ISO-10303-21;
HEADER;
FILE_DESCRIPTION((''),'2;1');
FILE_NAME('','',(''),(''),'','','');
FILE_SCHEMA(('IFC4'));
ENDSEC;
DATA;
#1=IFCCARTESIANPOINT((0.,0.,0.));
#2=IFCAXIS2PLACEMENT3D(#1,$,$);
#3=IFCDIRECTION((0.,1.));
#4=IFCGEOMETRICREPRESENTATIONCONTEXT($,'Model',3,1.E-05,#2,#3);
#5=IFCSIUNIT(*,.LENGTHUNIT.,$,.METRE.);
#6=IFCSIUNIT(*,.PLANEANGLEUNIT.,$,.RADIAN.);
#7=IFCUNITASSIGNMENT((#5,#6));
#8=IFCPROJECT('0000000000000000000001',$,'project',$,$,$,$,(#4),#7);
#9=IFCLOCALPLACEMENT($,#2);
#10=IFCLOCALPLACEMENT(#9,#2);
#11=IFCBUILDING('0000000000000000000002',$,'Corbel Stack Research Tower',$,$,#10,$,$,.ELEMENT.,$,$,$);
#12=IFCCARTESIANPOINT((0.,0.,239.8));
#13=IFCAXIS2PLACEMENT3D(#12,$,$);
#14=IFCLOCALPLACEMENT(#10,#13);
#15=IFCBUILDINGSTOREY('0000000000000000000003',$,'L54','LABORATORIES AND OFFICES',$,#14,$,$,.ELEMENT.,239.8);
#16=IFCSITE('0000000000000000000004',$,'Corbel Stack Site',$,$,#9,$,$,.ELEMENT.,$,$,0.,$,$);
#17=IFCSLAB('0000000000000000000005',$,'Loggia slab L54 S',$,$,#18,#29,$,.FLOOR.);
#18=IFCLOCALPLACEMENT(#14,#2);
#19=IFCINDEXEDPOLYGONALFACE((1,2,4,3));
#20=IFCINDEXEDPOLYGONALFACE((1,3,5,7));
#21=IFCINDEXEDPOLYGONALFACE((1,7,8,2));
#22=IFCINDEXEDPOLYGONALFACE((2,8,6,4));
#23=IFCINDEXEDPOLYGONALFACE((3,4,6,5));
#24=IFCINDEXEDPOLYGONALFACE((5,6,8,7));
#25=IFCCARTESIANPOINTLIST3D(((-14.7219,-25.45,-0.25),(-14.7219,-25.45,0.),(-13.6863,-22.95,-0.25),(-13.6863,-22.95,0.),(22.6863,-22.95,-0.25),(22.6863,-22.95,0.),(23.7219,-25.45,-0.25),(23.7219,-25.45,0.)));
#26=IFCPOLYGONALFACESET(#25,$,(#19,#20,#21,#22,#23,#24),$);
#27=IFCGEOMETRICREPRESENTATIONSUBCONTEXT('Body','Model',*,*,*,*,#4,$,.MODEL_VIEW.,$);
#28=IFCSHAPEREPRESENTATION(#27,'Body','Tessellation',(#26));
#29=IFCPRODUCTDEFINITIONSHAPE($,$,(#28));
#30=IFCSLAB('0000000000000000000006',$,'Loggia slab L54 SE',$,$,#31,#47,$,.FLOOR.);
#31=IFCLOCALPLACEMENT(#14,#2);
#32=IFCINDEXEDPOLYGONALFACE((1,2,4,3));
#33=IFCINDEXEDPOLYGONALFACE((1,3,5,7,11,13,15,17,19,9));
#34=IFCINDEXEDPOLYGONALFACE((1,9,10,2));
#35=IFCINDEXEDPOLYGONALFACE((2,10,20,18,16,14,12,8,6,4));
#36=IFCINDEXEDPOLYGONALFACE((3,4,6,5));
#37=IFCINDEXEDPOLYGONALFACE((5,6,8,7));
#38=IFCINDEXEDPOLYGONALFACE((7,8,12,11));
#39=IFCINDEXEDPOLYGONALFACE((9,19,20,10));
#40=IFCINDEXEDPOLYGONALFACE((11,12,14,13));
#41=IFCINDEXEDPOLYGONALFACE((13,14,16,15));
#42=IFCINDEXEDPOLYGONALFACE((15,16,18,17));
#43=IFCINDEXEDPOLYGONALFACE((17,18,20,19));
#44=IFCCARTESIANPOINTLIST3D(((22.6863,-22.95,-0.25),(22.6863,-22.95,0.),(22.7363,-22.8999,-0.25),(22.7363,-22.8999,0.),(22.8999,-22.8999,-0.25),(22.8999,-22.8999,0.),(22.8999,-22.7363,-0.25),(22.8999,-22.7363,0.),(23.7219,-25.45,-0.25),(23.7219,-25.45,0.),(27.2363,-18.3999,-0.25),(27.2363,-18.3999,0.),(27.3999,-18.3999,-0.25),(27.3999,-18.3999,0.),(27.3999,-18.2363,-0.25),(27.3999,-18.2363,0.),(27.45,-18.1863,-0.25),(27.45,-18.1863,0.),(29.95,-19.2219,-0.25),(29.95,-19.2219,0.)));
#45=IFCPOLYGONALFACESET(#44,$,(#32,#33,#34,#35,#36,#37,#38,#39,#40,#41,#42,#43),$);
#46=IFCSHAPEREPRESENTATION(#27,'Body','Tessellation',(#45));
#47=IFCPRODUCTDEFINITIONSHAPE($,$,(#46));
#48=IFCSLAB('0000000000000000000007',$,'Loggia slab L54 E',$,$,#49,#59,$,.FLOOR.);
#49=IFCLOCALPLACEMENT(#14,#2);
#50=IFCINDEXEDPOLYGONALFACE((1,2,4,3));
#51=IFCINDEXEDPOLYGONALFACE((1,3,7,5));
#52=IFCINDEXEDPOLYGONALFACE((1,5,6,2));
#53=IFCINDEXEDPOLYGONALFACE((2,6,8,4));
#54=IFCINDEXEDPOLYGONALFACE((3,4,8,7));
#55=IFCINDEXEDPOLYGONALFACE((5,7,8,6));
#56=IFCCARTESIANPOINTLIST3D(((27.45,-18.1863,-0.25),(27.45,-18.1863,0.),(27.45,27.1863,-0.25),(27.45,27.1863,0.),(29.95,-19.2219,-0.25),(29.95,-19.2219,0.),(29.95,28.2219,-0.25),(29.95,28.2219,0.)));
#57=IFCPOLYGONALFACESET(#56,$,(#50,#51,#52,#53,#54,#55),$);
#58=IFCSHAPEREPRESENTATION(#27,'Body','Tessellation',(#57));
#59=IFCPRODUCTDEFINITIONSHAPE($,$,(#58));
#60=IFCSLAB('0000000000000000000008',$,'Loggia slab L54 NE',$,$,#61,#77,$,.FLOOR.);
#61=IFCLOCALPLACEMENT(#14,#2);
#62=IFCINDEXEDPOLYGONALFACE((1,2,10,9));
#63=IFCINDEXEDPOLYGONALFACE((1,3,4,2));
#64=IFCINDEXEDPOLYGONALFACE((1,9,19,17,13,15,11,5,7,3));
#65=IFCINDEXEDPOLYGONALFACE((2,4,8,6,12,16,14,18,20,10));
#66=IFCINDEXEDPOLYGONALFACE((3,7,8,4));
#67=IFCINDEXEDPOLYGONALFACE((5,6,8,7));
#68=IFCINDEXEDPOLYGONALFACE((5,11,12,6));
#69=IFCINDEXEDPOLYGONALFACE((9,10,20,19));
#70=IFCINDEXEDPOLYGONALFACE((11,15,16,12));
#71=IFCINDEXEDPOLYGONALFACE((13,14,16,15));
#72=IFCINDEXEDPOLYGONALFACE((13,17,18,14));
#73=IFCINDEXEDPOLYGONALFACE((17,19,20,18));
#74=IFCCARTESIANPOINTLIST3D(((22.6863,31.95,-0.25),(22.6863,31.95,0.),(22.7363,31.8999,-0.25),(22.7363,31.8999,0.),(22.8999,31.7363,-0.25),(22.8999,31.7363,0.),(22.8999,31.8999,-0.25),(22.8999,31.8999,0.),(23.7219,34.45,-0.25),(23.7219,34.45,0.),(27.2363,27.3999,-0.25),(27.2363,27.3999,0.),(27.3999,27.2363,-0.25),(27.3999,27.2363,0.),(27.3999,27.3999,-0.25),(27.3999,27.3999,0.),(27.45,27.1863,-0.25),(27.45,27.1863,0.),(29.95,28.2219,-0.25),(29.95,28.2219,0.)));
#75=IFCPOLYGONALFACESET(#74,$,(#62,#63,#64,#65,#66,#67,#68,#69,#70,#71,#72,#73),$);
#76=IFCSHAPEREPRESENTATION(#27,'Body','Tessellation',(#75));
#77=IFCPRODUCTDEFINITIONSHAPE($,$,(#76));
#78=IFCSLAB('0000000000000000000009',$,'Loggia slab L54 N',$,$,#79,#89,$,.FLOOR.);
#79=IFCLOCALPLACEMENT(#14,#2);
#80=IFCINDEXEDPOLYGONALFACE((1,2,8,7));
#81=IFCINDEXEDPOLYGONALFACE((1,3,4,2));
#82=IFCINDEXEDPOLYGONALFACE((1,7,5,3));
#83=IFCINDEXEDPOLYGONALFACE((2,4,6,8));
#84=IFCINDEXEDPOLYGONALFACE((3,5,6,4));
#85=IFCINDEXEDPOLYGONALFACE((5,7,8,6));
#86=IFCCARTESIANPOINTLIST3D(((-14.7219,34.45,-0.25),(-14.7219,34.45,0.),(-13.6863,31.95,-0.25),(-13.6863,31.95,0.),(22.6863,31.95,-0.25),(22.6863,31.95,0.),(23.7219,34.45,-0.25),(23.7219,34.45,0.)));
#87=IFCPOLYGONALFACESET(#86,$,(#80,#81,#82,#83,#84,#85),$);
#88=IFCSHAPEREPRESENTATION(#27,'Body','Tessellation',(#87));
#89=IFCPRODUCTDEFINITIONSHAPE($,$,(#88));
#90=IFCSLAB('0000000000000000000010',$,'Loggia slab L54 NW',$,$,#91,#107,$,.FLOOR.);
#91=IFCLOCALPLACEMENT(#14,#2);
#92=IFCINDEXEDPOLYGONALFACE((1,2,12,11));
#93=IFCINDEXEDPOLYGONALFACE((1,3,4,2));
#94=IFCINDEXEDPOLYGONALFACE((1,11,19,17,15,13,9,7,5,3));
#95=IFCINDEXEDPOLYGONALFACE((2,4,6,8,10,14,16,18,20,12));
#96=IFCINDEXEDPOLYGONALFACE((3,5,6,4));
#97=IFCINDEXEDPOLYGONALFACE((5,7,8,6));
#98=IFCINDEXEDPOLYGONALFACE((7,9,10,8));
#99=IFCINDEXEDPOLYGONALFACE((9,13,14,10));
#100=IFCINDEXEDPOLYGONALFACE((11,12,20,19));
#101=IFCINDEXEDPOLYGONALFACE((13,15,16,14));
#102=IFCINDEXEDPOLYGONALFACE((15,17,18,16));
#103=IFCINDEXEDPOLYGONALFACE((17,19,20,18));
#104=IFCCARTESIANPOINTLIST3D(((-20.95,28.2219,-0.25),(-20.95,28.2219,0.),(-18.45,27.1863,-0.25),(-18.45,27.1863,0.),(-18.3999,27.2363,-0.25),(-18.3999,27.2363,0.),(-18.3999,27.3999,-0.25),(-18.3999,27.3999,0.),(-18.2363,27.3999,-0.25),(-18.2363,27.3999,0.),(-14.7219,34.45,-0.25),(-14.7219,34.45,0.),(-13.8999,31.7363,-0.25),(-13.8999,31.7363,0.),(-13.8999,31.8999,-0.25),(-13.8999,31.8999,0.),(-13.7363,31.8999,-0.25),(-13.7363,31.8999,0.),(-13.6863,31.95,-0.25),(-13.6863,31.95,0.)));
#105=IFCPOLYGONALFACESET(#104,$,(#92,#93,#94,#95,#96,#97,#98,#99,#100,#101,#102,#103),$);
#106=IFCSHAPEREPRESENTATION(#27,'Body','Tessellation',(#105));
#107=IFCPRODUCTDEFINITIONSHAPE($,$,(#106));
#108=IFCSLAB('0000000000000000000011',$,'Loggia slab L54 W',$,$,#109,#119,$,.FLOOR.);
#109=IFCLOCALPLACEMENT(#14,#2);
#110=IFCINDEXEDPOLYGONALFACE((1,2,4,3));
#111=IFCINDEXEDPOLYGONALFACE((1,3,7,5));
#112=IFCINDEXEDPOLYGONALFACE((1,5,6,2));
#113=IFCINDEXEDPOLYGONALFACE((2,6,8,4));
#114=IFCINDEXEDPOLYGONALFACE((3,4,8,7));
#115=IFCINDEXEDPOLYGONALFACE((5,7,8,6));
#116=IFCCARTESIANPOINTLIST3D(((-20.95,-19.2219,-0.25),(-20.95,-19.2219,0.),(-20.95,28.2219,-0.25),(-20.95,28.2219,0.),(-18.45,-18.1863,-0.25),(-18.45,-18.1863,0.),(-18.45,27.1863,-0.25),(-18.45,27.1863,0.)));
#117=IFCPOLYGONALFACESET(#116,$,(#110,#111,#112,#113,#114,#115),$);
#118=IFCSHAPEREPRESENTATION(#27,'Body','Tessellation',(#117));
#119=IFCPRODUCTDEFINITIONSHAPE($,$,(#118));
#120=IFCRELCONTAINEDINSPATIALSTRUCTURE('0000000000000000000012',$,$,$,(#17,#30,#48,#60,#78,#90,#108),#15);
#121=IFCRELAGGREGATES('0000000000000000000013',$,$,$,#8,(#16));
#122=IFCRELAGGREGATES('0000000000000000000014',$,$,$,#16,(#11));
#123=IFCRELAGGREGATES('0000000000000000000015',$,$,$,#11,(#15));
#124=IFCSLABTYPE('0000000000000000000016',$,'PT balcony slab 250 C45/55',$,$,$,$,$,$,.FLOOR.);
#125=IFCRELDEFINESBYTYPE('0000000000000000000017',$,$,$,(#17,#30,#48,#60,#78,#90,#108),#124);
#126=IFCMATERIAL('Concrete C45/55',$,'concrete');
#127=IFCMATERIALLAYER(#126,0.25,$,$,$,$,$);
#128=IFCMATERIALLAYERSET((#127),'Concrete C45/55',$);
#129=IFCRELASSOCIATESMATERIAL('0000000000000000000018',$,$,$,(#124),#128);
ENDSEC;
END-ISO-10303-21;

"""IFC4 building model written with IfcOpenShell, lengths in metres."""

from ifc_helpers import new_model, si_unit, direction, frame, origin, place, context, subcontext, project, spatial, polyline, outline, extrude, material, layer, layer_set, type_object, element, save


model = new_model("IFC4")

# Units and contexts
model_context = context("Model", 3, precision=1e-05, world=origin(), true_north=direction((0.0, 1.0)))
body_context = subcontext(model_context, "Body", "Model", "MODEL_VIEW")
ifc_project = project(units=[si_unit("LENGTHUNIT", "METRE"), si_unit("PLANEANGLEUNIT", "RADIAN")], contexts=[model_context])

# Site, building, storey
site_placement = place(None, origin())
site = spatial("IfcSite", under=ifc_project, at=site_placement, Name="Corbel Stack Site", CompositionType="ELEMENT", RefElevation=0.0)
building_placement = place(site_placement, origin())
building = spatial("IfcBuilding", under=site, at=building_placement, Name="Corbel Stack Research Tower", CompositionType="ELEMENT")
storey_placement = place(building_placement, frame((0.0, 0.0, 239.8)))
storey = spatial("IfcBuildingStorey", under=building, at=storey_placement, Name="L54", Description="LABORATORIES AND OFFICES", CompositionType="ELEMENT", Elevation=239.8)

# Slabs
ifc_material_1 = material(Name="Concrete C45/55", Category="concrete")
ifc_layer_1 = layer(ifc_material_1, 0.25)
ifc_layer_set_1 = layer_set([ifc_layer_1], Name="Concrete C45/55")
slab_type_1 = type_object("IfcSlabType", Name="PT balcony slab 250 C45/55", PredefinedType="FLOOR", material=ifc_layer_set_1)
slab_1_placement = place(storey_placement, frame((0.0, 0.0, -0.25)))
element("IfcSlab", 1, at=slab_1_placement, inside=storey, type_object=slab_type_1, Name="Loggia slab L54 S", PredefinedType="FLOOR", context=body_context, shape_type="SweptSolid", body=[
    extrude(outline(polyline([(22.6863, -22.95), (-13.6863, -22.95), (-14.7219, -25.45), (23.7219, -25.45), (22.6863, -22.95)])), origin(), (0.0, 0.0, 1.0), 0.25),
])
slab_2_placement = place(storey_placement, frame((0.0, 0.0, -0.25)))
element("IfcSlab", 2, at=slab_2_placement, inside=storey, type_object=slab_type_1, Name="Loggia slab L54 SE", PredefinedType="FLOOR", context=body_context, shape_type="SweptSolid", body=[
    extrude(outline(polyline([(27.45, -18.1863), (27.3999, -18.2363), (27.3999, -18.3999), (27.2363, -18.3999), (22.8999, -22.7363), (22.8999, -22.8999), (22.7363, -22.8999), (22.6863, -22.95), (23.7219, -25.45), (29.95, -19.2219), (27.45, -18.1863)])), origin(), (0.0, 0.0, 1.0), 0.25),
])
slab_3_placement = place(storey_placement, frame((0.0, 0.0, -0.25)))
element("IfcSlab", 3, at=slab_3_placement, inside=storey, type_object=slab_type_1, Name="Loggia slab L54 E", PredefinedType="FLOOR", context=body_context, shape_type="SweptSolid", body=[
    extrude(outline(polyline([(27.45, 27.1863), (27.45, -18.1863), (29.95, -19.2219), (29.95, 28.2219), (27.45, 27.1863)])), origin(), (0.0, 0.0, 1.0), 0.25),
])
slab_4_placement = place(storey_placement, frame((0.0, 0.0, -0.25)))
element("IfcSlab", 4, at=slab_4_placement, inside=storey, type_object=slab_type_1, Name="Loggia slab L54 NE", PredefinedType="FLOOR", context=body_context, shape_type="SweptSolid", body=[
    extrude(outline(polyline([(22.6863, 31.95), (22.7363, 31.8999), (22.8999, 31.8999), (22.8999, 31.7363), (27.2363, 27.3999), (27.3999, 27.3999), (27.3999, 27.2363), (27.45, 27.1863), (29.95, 28.2219), (23.7219, 34.45), (22.6863, 31.95)])), origin(), (0.0, 0.0, 1.0), 0.25),
])
slab_5_placement = place(storey_placement, frame((0.0, 0.0, -0.25)))
element("IfcSlab", 5, at=slab_5_placement, inside=storey, type_object=slab_type_1, Name="Loggia slab L54 N", PredefinedType="FLOOR", context=body_context, shape_type="SweptSolid", body=[
    extrude(outline(polyline([(-13.6863, 31.95), (22.6863, 31.95), (23.7219, 34.45), (-14.7219, 34.45), (-13.6863, 31.95)])), origin(), (0.0, 0.0, 1.0), 0.25),
])
slab_6_placement = place(storey_placement, frame((0.0, 0.0, -0.25)))
element("IfcSlab", 6, at=slab_6_placement, inside=storey, type_object=slab_type_1, Name="Loggia slab L54 NW", PredefinedType="FLOOR", context=body_context, shape_type="SweptSolid", body=[
    extrude(outline(polyline([(-18.45, 27.1863), (-18.3999, 27.2363), (-18.3999, 27.3999), (-18.2363, 27.3999), (-13.8999, 31.7363), (-13.8999, 31.8999), (-13.7363, 31.8999), (-13.6863, 31.95), (-14.7219, 34.45), (-20.95, 28.2219), (-18.45, 27.1863)])), origin(), (0.0, 0.0, 1.0), 0.25),
])
slab_7_placement = place(storey_placement, frame((0.0, 0.0, -0.25)))
element("IfcSlab", 7, at=slab_7_placement, inside=storey, type_object=slab_type_1, Name="Loggia slab L54 W", PredefinedType="FLOOR", context=body_context, shape_type="SweptSolid", body=[
    extrude(outline(polyline([(-18.45, -18.1863), (-18.45, 27.1863), (-20.95, 28.2219), (-20.95, -19.2219), (-18.45, -18.1863)])), origin(), (0.0, 0.0, 1.0), 0.25),
])

save(model, "model.ifc")
